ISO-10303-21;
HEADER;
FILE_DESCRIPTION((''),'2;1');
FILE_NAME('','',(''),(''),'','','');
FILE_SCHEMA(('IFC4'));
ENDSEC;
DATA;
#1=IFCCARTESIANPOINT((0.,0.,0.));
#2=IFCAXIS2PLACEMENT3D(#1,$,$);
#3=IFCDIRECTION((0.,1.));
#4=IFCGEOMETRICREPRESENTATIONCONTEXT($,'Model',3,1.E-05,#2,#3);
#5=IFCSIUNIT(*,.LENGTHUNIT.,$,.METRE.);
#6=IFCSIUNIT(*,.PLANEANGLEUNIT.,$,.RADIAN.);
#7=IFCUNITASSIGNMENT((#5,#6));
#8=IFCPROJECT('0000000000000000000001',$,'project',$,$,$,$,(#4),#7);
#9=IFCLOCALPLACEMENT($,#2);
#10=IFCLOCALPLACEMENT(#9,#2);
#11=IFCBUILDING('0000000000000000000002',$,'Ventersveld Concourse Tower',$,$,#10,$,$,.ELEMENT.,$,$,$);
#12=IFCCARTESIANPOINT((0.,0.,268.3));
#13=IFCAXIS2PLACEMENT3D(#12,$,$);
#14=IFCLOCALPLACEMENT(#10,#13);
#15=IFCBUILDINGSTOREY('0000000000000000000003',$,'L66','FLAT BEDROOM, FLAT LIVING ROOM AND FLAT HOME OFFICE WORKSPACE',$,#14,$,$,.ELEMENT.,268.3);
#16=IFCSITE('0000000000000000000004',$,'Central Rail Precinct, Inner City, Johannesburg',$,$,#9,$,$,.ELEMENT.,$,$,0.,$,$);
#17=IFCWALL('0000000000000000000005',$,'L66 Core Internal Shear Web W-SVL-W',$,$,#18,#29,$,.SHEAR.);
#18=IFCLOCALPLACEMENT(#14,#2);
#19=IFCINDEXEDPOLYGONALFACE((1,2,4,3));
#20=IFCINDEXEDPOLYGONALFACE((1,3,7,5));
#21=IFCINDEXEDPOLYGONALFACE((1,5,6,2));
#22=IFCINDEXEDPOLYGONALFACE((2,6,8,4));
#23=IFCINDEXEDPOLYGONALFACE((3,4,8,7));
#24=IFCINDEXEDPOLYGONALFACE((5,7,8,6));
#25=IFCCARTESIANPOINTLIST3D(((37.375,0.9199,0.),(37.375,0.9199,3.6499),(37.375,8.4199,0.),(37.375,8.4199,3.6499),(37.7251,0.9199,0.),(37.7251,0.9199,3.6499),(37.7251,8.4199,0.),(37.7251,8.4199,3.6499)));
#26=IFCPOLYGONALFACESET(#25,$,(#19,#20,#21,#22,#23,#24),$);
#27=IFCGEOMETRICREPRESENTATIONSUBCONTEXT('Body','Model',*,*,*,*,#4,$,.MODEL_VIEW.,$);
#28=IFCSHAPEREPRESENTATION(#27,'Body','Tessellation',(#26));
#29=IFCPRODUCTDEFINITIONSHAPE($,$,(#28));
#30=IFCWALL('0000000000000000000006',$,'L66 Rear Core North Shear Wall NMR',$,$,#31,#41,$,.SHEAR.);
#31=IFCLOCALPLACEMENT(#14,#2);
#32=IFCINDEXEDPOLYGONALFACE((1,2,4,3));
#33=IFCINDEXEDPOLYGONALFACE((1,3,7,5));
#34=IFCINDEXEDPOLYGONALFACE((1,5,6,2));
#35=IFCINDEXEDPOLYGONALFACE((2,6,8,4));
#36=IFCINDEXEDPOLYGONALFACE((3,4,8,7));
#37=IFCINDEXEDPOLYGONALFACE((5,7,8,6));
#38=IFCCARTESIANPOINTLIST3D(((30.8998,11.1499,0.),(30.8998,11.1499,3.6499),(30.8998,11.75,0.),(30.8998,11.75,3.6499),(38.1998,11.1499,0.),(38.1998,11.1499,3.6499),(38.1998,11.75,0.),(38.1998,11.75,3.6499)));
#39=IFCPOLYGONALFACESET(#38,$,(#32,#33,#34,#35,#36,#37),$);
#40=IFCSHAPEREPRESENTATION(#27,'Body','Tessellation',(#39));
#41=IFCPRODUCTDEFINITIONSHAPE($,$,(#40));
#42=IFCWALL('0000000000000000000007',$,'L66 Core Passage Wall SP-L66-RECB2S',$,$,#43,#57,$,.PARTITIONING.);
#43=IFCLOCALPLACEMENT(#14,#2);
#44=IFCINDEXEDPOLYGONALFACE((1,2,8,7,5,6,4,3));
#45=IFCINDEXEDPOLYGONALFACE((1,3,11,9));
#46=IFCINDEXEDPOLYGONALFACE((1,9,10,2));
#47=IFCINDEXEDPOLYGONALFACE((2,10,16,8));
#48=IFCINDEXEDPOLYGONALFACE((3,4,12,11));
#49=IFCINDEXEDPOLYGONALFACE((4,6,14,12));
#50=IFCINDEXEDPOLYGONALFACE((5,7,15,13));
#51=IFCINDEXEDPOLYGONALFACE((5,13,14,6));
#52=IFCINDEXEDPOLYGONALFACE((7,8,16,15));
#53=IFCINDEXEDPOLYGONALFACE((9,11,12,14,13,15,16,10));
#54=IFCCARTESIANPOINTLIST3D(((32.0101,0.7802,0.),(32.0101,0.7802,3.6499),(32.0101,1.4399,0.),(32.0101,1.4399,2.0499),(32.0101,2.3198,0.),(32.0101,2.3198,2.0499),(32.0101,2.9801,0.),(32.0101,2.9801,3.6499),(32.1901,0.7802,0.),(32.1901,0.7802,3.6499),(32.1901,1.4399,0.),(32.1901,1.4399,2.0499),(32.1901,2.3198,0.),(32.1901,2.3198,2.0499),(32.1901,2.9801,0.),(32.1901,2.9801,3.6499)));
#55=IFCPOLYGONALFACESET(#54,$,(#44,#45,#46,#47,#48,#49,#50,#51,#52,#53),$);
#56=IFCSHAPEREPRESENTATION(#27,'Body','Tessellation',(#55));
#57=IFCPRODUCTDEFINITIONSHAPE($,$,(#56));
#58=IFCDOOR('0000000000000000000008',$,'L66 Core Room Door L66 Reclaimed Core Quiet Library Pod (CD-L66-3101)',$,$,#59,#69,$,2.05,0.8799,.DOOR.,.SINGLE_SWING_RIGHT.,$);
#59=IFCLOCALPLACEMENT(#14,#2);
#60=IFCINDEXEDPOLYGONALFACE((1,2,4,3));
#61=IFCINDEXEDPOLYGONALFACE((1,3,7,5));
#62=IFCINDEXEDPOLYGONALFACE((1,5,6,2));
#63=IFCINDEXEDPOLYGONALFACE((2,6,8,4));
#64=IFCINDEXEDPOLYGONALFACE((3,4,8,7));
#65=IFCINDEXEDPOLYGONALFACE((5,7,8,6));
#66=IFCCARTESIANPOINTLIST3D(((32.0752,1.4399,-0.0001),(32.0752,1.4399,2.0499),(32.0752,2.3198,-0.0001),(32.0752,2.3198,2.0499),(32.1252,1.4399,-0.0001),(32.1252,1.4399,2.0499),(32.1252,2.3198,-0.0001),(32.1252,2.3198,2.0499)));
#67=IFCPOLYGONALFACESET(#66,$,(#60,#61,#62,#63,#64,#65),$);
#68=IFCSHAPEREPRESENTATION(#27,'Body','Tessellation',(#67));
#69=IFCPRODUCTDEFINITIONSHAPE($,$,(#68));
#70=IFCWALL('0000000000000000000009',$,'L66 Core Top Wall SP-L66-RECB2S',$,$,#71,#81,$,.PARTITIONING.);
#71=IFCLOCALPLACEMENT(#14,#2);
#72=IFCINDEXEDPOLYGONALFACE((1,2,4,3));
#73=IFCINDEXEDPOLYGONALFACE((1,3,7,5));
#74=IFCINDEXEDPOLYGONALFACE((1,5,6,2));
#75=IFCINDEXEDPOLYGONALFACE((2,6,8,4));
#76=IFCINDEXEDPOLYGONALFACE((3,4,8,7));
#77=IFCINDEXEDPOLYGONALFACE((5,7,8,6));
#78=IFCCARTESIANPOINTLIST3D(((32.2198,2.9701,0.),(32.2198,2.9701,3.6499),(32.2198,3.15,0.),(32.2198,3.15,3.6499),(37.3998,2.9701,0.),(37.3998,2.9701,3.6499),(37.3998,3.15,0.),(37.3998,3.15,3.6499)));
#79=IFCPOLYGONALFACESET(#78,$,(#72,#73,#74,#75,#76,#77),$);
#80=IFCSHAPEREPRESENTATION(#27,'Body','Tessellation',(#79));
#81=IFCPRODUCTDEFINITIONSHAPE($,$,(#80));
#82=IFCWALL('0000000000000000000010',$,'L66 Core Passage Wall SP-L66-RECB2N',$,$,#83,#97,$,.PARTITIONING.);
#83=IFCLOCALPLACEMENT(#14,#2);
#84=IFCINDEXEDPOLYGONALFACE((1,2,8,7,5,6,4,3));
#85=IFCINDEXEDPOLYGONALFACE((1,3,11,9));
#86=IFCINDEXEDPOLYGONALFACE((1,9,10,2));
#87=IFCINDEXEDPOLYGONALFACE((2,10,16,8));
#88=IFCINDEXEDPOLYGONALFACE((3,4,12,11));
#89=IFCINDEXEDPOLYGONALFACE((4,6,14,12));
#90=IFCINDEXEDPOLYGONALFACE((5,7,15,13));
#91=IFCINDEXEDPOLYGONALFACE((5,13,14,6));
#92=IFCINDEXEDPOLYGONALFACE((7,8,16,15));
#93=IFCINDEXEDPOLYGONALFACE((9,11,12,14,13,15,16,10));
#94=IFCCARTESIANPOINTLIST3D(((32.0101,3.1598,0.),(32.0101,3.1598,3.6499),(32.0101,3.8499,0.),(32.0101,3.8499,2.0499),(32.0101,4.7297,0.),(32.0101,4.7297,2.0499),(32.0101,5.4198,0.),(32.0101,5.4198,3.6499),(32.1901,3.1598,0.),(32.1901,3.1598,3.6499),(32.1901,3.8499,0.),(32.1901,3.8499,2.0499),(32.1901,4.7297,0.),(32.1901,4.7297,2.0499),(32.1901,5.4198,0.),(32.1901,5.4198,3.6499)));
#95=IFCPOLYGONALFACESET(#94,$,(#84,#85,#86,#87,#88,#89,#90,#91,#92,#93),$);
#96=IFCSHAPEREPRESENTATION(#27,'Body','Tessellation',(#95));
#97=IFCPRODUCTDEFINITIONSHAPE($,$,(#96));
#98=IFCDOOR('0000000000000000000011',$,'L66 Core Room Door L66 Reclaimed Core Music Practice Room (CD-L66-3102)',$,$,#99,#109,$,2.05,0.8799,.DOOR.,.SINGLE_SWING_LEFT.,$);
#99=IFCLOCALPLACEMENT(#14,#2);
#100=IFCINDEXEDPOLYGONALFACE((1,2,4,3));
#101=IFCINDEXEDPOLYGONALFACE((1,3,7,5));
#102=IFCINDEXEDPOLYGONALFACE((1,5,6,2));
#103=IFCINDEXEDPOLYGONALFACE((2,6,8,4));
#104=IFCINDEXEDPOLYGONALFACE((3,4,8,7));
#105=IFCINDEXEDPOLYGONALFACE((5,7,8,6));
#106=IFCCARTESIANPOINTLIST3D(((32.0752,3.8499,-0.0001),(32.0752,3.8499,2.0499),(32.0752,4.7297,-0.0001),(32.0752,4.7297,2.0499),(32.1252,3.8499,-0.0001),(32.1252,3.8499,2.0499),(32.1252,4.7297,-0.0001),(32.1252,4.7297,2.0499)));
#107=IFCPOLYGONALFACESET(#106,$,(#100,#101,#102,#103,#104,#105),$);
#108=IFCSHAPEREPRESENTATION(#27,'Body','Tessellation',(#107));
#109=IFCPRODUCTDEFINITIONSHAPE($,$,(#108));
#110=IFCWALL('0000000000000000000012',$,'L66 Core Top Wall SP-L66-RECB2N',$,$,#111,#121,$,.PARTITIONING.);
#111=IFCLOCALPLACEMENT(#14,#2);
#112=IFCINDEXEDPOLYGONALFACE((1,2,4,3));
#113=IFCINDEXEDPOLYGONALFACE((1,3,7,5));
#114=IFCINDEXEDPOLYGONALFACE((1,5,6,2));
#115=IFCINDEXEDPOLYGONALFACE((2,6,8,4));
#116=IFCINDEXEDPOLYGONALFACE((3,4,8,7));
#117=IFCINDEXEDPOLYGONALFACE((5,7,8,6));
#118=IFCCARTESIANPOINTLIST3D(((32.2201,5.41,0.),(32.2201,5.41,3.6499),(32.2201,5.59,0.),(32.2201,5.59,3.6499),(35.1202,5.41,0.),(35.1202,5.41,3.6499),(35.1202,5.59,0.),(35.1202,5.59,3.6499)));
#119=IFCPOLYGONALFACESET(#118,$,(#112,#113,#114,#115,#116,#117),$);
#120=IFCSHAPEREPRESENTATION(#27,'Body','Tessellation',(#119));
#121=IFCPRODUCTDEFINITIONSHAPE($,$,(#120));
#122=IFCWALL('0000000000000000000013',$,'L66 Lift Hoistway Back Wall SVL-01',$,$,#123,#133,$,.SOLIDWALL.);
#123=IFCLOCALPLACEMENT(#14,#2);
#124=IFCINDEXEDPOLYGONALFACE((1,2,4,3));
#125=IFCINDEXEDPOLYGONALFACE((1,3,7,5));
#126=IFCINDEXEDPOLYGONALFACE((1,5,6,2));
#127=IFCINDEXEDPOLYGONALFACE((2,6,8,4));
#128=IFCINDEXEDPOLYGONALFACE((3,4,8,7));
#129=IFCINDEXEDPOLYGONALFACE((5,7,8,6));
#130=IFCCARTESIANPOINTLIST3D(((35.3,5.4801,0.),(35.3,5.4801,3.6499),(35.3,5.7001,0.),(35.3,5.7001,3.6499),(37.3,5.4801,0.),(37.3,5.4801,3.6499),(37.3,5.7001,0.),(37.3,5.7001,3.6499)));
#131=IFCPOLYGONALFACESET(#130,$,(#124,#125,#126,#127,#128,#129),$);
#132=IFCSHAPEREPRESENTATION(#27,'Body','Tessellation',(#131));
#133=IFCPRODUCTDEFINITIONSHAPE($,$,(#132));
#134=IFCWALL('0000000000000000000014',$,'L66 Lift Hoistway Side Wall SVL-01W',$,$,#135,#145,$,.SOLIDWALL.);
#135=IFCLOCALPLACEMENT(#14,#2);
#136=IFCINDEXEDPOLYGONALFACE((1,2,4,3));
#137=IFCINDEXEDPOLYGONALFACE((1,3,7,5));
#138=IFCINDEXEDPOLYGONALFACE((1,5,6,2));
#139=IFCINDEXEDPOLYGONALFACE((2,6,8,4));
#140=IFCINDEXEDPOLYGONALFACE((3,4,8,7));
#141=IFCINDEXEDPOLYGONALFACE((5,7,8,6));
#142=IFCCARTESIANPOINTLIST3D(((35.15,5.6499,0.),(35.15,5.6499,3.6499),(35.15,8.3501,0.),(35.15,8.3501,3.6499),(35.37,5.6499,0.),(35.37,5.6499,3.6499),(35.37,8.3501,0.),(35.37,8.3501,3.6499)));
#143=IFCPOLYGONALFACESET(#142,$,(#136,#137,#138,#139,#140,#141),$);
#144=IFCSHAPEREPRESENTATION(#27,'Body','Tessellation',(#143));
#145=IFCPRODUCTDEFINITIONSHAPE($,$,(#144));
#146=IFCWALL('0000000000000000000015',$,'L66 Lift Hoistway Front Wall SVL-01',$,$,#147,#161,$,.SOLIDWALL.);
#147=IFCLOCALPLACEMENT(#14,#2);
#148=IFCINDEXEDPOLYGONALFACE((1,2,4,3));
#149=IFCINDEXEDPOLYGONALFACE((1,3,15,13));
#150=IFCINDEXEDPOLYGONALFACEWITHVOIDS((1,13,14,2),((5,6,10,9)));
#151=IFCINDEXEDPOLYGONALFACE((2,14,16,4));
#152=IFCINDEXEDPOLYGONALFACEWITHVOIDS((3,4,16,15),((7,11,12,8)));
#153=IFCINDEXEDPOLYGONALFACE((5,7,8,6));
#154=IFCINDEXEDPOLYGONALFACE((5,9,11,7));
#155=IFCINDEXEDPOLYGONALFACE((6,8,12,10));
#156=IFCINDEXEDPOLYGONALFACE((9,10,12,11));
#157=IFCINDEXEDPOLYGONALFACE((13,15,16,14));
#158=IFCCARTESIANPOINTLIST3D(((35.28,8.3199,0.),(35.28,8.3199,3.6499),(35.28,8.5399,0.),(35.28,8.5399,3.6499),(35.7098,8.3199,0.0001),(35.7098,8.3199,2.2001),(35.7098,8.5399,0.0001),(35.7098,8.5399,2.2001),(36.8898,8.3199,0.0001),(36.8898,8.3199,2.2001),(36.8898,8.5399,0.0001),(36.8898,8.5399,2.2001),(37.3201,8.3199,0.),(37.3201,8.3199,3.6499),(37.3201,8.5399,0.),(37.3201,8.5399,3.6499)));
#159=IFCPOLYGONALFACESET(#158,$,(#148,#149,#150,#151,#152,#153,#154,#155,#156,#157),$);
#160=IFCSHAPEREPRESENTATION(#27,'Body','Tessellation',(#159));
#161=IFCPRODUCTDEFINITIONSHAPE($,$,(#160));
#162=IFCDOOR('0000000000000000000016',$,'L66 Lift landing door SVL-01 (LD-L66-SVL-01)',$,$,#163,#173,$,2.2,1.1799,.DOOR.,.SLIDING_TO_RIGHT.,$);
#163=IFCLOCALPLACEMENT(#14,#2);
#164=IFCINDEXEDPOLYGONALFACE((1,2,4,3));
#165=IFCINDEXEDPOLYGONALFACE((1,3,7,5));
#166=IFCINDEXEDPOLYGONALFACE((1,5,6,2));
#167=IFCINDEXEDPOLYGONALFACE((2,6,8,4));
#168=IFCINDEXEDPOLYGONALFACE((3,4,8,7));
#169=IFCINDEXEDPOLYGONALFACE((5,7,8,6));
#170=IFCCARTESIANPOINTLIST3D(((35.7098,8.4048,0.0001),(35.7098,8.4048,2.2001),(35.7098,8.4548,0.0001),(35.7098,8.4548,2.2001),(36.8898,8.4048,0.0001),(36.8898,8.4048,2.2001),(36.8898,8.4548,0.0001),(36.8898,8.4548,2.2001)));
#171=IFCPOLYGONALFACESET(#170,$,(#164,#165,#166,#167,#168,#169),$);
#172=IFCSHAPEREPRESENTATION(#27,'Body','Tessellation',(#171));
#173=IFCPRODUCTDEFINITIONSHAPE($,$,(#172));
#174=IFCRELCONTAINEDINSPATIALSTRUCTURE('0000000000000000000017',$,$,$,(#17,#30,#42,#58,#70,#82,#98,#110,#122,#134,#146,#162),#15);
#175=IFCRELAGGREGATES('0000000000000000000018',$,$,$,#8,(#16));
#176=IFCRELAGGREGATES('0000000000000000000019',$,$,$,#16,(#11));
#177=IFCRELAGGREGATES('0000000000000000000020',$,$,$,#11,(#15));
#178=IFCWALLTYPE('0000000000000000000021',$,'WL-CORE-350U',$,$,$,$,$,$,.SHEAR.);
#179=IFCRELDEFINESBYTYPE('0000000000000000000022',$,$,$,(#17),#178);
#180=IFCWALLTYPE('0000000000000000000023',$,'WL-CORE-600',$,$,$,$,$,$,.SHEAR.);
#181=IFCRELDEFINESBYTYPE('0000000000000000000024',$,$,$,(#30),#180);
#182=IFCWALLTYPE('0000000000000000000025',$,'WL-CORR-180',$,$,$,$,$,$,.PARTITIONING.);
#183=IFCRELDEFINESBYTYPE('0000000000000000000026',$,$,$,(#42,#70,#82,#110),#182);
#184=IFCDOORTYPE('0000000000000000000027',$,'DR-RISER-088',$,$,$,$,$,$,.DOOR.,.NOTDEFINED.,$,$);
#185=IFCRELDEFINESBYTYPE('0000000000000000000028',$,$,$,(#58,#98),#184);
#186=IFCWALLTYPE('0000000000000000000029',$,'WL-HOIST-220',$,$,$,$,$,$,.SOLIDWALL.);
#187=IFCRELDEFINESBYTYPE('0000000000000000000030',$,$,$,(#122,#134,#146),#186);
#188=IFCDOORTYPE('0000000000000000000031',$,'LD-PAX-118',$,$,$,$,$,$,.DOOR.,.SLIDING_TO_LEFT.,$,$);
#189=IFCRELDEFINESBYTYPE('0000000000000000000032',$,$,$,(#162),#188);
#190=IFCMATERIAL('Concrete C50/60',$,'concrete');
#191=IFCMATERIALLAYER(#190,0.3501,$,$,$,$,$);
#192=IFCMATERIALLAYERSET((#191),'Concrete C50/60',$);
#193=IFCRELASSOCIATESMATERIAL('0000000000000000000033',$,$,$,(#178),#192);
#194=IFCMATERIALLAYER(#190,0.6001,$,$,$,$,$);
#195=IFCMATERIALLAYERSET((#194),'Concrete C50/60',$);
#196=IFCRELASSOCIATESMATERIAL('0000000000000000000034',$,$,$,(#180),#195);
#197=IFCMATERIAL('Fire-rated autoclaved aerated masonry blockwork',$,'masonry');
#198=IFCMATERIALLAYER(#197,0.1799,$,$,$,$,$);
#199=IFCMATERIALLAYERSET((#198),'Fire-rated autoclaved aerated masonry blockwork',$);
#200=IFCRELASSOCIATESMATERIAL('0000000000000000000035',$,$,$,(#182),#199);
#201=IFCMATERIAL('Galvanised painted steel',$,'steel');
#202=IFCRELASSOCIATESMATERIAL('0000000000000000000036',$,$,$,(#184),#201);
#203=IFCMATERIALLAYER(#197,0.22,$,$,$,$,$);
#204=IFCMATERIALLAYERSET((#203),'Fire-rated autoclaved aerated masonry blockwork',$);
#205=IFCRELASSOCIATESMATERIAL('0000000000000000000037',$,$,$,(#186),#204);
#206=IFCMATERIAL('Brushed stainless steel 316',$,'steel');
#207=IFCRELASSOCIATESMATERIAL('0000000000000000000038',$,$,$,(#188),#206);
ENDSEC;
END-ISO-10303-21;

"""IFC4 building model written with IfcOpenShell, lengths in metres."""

from ifc_helpers import new_model, si_unit, direction, frame, frame_2d, origin, place, context, subcontext, project, spatial, rectangle, extrude, material, layer, layer_set, type_object, element, fill, save


model = new_model("IFC4")

# Units and contexts
model_context = context("Model", 3, precision=1e-05, world=origin(), true_north=direction((0.0, 1.0)))
body_context = subcontext(model_context, "Body", "Model", "MODEL_VIEW")
ifc_project = project(units=[si_unit("LENGTHUNIT", "METRE"), si_unit("PLANEANGLEUNIT", "RADIAN")], contexts=[model_context])

# Site, building, storey
site_placement = place(None, origin())
site = spatial("IfcSite", under=ifc_project, at=site_placement, Name="Central Rail Precinct, Inner City, Johannesburg", CompositionType="ELEMENT", RefElevation=0.0)
building_placement = place(site_placement, origin())
building = spatial("IfcBuilding", under=site, at=building_placement, Name="Ventersveld Concourse Tower", CompositionType="ELEMENT")
storey_placement = place(building_placement, frame((0.0, 0.0, 268.3)))
storey = spatial("IfcBuildingStorey", under=building, at=storey_placement, Name="L66", Description="FLAT BEDROOM, FLAT LIVING ROOM AND FLAT HOME OFFICE WORKSPACE", CompositionType="ELEMENT", Elevation=268.3)

# Shared definitions
ifc_material_1 = material(Name="Concrete C50/60", Category="concrete")

# Walls
ifc_layer_1 = layer(ifc_material_1, 0.3501)
ifc_layer_set_1 = layer_set([ifc_layer_1], Name="Concrete C50/60")
wall_type_1 = type_object("IfcWallType", Name="WL-CORE-350U", PredefinedType="SHEAR", material=ifc_layer_set_1)
for number, where, z_axis, x_axis, name in (
    (1, (37.55, 0.9199, 0.0), (0.0, 0.0, 1.0), (0.0, 1.0, 0.0), "L66 Core Internal Shear Web W-SVL-W"),
):
    element("IfcWall", number, at=place(storey_placement, frame(where, z_axis=z_axis, x_axis=x_axis)), inside=storey, type_object=wall_type_1, Name=name, PredefinedType="SHEAR", context=body_context, shape_type="SweptSolid", body=[
        extrude(rectangle(XDim=7.5, YDim=0.3501, at=frame_2d((3.75, 0.0))), origin(), (0.0, 0.0, 1.0), 3.6499),
    ])
ifc_layer_2 = layer(ifc_material_1, 0.6001)
ifc_layer_set_2 = layer_set([ifc_layer_2], Name="Concrete C50/60")
wall_type_2 = type_object("IfcWallType", Name="WL-CORE-600", PredefinedType="SHEAR", material=ifc_layer_set_2)
wall_1_placement = place(storey_placement, frame((30.8999, 11.45, 0.0), z_axis=(0.0, 0.0, 1.0), x_axis=(1.0, 0.0, 0.0)))
element("IfcWall", 2, at=wall_1_placement, inside=storey, type_object=wall_type_2, Name="L66 Rear Core North Shear Wall NMR", PredefinedType="SHEAR", context=body_context, shape_type="SweptSolid", body=[
    extrude(rectangle(XDim=7.3, YDim=0.6001, at=frame_2d((3.6499, 0.0))), origin(), (0.0, 0.0, 1.0), 3.6499),
])

# Wall, opening, door
ifc_material_2 = material(Name="Fire-rated autoclaved aerated masonry blockwork", Category="masonry")
ifc_layer_3 = layer(ifc_material_2, 0.1799)
ifc_layer_set_3 = layer_set([ifc_layer_3], Name="Fire-rated autoclaved aerated masonry blockwork")
wall_type_3 = type_object("IfcWallType", Name="WL-CORR-180", PredefinedType="PARTITIONING", material=ifc_layer_set_3)
wall_2_placement = place(storey_placement, frame((32.1001, 0.78, 0.0), z_axis=(0.0, 0.0, 1.0), x_axis=(0.0, 1.0, 0.0)))
wall_2 = element("IfcWall", 3, at=wall_2_placement, inside=storey, type_object=wall_type_3, Name="L66 Core Passage Wall SP-L66-RECB2S", PredefinedType="PARTITIONING", context=body_context, shape_type="SweptSolid", body=[
    extrude(rectangle(XDim=2.2, YDim=0.1799, at=frame_2d((1.1001, 0.0))), origin(), (0.0, 0.0, 1.0), 3.6499),
])
opening_1_placement = place(wall_2_placement, frame((0.6599, 0.0, 0.0)))
opening_1 = element("IfcOpeningElement", 4, at=opening_1_placement, cuts=wall_2, PredefinedType="OPENING", context=body_context, shape_type="SweptSolid", body=[
    extrude(rectangle(XDim=0.8799, YDim=2.05, at=frame_2d((0.4399, 1.0249))), frame((0.0, 0.1001, 0.0), z_axis=(0.0, -1.0, 0.0), x_axis=(1.0, 0.0, 0.0)), (0.0, 0.0, 1.0), 0.2),
])
ifc_material_3 = material(Name="Galvanised painted steel", Category="steel")
door_type_1 = type_object("IfcDoorType", Name="DR-RISER-088", OperationType="NOTDEFINED", PredefinedType="DOOR", material=ifc_material_3)
door_1_placement = place(opening_1_placement, origin())
door_1 = element("IfcDoor", 5, at=door_1_placement, inside=storey, type_object=door_type_1, Name="L66 Core Room Door L66 Reclaimed Core Quiet Library Pod (CD-L66-3101)", OperationType="SINGLE_SWING_RIGHT", OverallHeight=2.05, OverallWidth=0.8799, PredefinedType="DOOR", context=body_context, shape_type="SweptSolid", body=[
    extrude(rectangle(XDim=0.8799, YDim=2.05, at=frame_2d((0.4399, 1.0249))), frame((0.0, 0.0249, 0.0), z_axis=(0.0, -1.0, 0.0), x_axis=(1.0, 0.0, 0.0)), (0.0, 0.0, 1.0), 0.05),
])
fill(opening_1, door_1)

# Wall
wall_3_placement = place(storey_placement, frame((32.22, 3.0601, 0.0), z_axis=(0.0, 0.0, 1.0), x_axis=(1.0, 0.0, 0.0)))
element("IfcWall", 6, at=wall_3_placement, inside=storey, type_object=wall_type_3, Name="L66 Core Top Wall SP-L66-RECB2S", PredefinedType="PARTITIONING", context=body_context, shape_type="SweptSolid", body=[
    extrude(rectangle(XDim=5.1799, YDim=0.1799, at=frame_2d((2.5898, 0.0))), origin(), (0.0, 0.0, 1.0), 3.6499),
])

# Wall, opening, door
wall_4_placement = place(storey_placement, frame((32.1001, 3.1599, 0.0), z_axis=(0.0, 0.0, 1.0), x_axis=(0.0, 1.0, 0.0)))
wall_4 = element("IfcWall", 7, at=wall_4_placement, inside=storey, type_object=wall_type_3, Name="L66 Core Passage Wall SP-L66-RECB2N", PredefinedType="PARTITIONING", context=body_context, shape_type="SweptSolid", body=[
    extrude(rectangle(XDim=2.26, YDim=0.1799, at=frame_2d((1.1299, 0.0))), origin(), (0.0, 0.0, 1.0), 3.6499),
])
opening_2_placement = place(wall_4_placement, frame((0.6899, 0.0, 0.0)))
opening_2 = element("IfcOpeningElement", 8, at=opening_2_placement, cuts=wall_4, PredefinedType="OPENING", context=body_context, shape_type="SweptSolid", body=[
    extrude(rectangle(XDim=0.8799, YDim=2.05, at=frame_2d((0.4399, 1.0249))), frame((0.0, 0.1001, 0.0), z_axis=(0.0, -1.0, 0.0), x_axis=(1.0, 0.0, 0.0)), (0.0, 0.0, 1.0), 0.2),
])
door_2_placement = place(opening_2_placement, origin())
door_2 = element("IfcDoor", 9, at=door_2_placement, inside=storey, type_object=door_type_1, Name="L66 Core Room Door L66 Reclaimed Core Music Practice Room (CD-L66-3102)", OperationType="SINGLE_SWING_LEFT", OverallHeight=2.05, OverallWidth=0.8799, PredefinedType="DOOR", context=body_context, shape_type="SweptSolid", body=[
    extrude(rectangle(XDim=0.8799, YDim=2.05, at=frame_2d((0.4399, 1.0249))), frame((0.0, 0.0249, 0.0), z_axis=(0.0, -1.0, 0.0), x_axis=(1.0, 0.0, 0.0)), (0.0, 0.0, 1.0), 0.05),
])
fill(opening_2, door_2)

# Walls
wall_5_placement = place(storey_placement, frame((32.22, 5.5, 0.0), z_axis=(0.0, 0.0, 1.0), x_axis=(1.0, 0.0, 0.0)))
element("IfcWall", 10, at=wall_5_placement, inside=storey, type_object=wall_type_3, Name="L66 Core Top Wall SP-L66-RECB2N", PredefinedType="PARTITIONING", context=body_context, shape_type="SweptSolid", body=[
    extrude(rectangle(XDim=2.9001, YDim=0.1799, at=frame_2d((1.4502, 0.0))), origin(), (0.0, 0.0, 1.0), 3.6499),
])
ifc_layer_4 = layer(ifc_material_2, 0.22)
ifc_layer_set_4 = layer_set([ifc_layer_4], Name="Fire-rated autoclaved aerated masonry blockwork")
wall_type_4 = type_object("IfcWallType", Name="WL-HOIST-220", PredefinedType="SOLIDWALL", material=ifc_layer_set_4)
wall_6_placement = place(storey_placement, frame((35.3, 5.5901, 0.0), z_axis=(0.0, 0.0, 1.0), x_axis=(1.0, 0.0, 0.0)))
element("IfcWall", 11, at=wall_6_placement, inside=storey, type_object=wall_type_4, Name="L66 Lift Hoistway Back Wall SVL-01", PredefinedType="SOLIDWALL", context=body_context, shape_type="SweptSolid", body=[
    extrude(rectangle(XDim=2.0, YDim=0.22, at=frame_2d((1.0, 0.0))), origin(), (0.0, 0.0, 1.0), 3.6499),
])
wall_7_placement = place(storey_placement, frame((35.26, 5.6499, 0.0), z_axis=(0.0, 0.0, 1.0), x_axis=(0.0, 1.0, 0.0)))
element("IfcWall", 12, at=wall_7_placement, inside=storey, type_object=wall_type_4, Name="L66 Lift Hoistway Side Wall SVL-01W", PredefinedType="SOLIDWALL", context=body_context, shape_type="SweptSolid", body=[
    extrude(rectangle(XDim=2.7002, YDim=0.22, at=frame_2d((1.3501, 0.0))), origin(), (0.0, 0.0, 1.0), 3.6499),
])

# Wall, opening, door
wall_8_placement = place(storey_placement, frame((35.28, 8.4299, 0.0), z_axis=(0.0, 0.0, 1.0), x_axis=(1.0, 0.0, 0.0)))
wall_8 = element("IfcWall", 13, at=wall_8_placement, inside=storey, type_object=wall_type_4, Name="L66 Lift Hoistway Front Wall SVL-01", PredefinedType="SOLIDWALL", context=body_context, shape_type="SweptSolid", body=[
    extrude(rectangle(XDim=2.04, YDim=0.22, at=frame_2d((1.02, 0.0))), origin(), (0.0, 0.0, 1.0), 3.6499),
])
opening_3_placement = place(wall_8_placement, frame((0.4299, 0.0, 0.0)))
opening_3 = element("IfcOpeningElement", 14, at=opening_3_placement, cuts=wall_8, PredefinedType="OPENING", context=body_context, shape_type="SweptSolid", body=[
    extrude(rectangle(XDim=1.1799, YDim=2.2, at=frame_2d((0.5898, 1.1001))), frame((0.0, 0.1201, 0.0), z_axis=(0.0, -1.0, 0.0), x_axis=(1.0, 0.0, 0.0)), (0.0, 0.0, 1.0), 0.24),
])
ifc_material_4 = material(Name="Brushed stainless steel 316", Category="steel")
door_type_2 = type_object("IfcDoorType", Name="LD-PAX-118", OperationType="SLIDING_TO_LEFT", PredefinedType="DOOR", material=ifc_material_4)
door_3_placement = place(opening_3_placement, origin())
door_3 = element("IfcDoor", 15, at=door_3_placement, inside=storey, type_object=door_type_2, Name="L66 Lift landing door SVL-01 (LD-L66-SVL-01)", OperationType="SLIDING_TO_RIGHT", OverallHeight=2.2, OverallWidth=1.1799, PredefinedType="DOOR", context=body_context, shape_type="SweptSolid", body=[
    extrude(rectangle(XDim=1.1799, YDim=2.2, at=frame_2d((0.5898, 1.1001))), frame((0.0, 0.0249, 0.0), z_axis=(0.0, -1.0, 0.0), x_axis=(1.0, 0.0, 0.0)), (0.0, 0.0, 1.0), 0.05),
])
fill(opening_3, door_3)

save(model, "model.ifc")
